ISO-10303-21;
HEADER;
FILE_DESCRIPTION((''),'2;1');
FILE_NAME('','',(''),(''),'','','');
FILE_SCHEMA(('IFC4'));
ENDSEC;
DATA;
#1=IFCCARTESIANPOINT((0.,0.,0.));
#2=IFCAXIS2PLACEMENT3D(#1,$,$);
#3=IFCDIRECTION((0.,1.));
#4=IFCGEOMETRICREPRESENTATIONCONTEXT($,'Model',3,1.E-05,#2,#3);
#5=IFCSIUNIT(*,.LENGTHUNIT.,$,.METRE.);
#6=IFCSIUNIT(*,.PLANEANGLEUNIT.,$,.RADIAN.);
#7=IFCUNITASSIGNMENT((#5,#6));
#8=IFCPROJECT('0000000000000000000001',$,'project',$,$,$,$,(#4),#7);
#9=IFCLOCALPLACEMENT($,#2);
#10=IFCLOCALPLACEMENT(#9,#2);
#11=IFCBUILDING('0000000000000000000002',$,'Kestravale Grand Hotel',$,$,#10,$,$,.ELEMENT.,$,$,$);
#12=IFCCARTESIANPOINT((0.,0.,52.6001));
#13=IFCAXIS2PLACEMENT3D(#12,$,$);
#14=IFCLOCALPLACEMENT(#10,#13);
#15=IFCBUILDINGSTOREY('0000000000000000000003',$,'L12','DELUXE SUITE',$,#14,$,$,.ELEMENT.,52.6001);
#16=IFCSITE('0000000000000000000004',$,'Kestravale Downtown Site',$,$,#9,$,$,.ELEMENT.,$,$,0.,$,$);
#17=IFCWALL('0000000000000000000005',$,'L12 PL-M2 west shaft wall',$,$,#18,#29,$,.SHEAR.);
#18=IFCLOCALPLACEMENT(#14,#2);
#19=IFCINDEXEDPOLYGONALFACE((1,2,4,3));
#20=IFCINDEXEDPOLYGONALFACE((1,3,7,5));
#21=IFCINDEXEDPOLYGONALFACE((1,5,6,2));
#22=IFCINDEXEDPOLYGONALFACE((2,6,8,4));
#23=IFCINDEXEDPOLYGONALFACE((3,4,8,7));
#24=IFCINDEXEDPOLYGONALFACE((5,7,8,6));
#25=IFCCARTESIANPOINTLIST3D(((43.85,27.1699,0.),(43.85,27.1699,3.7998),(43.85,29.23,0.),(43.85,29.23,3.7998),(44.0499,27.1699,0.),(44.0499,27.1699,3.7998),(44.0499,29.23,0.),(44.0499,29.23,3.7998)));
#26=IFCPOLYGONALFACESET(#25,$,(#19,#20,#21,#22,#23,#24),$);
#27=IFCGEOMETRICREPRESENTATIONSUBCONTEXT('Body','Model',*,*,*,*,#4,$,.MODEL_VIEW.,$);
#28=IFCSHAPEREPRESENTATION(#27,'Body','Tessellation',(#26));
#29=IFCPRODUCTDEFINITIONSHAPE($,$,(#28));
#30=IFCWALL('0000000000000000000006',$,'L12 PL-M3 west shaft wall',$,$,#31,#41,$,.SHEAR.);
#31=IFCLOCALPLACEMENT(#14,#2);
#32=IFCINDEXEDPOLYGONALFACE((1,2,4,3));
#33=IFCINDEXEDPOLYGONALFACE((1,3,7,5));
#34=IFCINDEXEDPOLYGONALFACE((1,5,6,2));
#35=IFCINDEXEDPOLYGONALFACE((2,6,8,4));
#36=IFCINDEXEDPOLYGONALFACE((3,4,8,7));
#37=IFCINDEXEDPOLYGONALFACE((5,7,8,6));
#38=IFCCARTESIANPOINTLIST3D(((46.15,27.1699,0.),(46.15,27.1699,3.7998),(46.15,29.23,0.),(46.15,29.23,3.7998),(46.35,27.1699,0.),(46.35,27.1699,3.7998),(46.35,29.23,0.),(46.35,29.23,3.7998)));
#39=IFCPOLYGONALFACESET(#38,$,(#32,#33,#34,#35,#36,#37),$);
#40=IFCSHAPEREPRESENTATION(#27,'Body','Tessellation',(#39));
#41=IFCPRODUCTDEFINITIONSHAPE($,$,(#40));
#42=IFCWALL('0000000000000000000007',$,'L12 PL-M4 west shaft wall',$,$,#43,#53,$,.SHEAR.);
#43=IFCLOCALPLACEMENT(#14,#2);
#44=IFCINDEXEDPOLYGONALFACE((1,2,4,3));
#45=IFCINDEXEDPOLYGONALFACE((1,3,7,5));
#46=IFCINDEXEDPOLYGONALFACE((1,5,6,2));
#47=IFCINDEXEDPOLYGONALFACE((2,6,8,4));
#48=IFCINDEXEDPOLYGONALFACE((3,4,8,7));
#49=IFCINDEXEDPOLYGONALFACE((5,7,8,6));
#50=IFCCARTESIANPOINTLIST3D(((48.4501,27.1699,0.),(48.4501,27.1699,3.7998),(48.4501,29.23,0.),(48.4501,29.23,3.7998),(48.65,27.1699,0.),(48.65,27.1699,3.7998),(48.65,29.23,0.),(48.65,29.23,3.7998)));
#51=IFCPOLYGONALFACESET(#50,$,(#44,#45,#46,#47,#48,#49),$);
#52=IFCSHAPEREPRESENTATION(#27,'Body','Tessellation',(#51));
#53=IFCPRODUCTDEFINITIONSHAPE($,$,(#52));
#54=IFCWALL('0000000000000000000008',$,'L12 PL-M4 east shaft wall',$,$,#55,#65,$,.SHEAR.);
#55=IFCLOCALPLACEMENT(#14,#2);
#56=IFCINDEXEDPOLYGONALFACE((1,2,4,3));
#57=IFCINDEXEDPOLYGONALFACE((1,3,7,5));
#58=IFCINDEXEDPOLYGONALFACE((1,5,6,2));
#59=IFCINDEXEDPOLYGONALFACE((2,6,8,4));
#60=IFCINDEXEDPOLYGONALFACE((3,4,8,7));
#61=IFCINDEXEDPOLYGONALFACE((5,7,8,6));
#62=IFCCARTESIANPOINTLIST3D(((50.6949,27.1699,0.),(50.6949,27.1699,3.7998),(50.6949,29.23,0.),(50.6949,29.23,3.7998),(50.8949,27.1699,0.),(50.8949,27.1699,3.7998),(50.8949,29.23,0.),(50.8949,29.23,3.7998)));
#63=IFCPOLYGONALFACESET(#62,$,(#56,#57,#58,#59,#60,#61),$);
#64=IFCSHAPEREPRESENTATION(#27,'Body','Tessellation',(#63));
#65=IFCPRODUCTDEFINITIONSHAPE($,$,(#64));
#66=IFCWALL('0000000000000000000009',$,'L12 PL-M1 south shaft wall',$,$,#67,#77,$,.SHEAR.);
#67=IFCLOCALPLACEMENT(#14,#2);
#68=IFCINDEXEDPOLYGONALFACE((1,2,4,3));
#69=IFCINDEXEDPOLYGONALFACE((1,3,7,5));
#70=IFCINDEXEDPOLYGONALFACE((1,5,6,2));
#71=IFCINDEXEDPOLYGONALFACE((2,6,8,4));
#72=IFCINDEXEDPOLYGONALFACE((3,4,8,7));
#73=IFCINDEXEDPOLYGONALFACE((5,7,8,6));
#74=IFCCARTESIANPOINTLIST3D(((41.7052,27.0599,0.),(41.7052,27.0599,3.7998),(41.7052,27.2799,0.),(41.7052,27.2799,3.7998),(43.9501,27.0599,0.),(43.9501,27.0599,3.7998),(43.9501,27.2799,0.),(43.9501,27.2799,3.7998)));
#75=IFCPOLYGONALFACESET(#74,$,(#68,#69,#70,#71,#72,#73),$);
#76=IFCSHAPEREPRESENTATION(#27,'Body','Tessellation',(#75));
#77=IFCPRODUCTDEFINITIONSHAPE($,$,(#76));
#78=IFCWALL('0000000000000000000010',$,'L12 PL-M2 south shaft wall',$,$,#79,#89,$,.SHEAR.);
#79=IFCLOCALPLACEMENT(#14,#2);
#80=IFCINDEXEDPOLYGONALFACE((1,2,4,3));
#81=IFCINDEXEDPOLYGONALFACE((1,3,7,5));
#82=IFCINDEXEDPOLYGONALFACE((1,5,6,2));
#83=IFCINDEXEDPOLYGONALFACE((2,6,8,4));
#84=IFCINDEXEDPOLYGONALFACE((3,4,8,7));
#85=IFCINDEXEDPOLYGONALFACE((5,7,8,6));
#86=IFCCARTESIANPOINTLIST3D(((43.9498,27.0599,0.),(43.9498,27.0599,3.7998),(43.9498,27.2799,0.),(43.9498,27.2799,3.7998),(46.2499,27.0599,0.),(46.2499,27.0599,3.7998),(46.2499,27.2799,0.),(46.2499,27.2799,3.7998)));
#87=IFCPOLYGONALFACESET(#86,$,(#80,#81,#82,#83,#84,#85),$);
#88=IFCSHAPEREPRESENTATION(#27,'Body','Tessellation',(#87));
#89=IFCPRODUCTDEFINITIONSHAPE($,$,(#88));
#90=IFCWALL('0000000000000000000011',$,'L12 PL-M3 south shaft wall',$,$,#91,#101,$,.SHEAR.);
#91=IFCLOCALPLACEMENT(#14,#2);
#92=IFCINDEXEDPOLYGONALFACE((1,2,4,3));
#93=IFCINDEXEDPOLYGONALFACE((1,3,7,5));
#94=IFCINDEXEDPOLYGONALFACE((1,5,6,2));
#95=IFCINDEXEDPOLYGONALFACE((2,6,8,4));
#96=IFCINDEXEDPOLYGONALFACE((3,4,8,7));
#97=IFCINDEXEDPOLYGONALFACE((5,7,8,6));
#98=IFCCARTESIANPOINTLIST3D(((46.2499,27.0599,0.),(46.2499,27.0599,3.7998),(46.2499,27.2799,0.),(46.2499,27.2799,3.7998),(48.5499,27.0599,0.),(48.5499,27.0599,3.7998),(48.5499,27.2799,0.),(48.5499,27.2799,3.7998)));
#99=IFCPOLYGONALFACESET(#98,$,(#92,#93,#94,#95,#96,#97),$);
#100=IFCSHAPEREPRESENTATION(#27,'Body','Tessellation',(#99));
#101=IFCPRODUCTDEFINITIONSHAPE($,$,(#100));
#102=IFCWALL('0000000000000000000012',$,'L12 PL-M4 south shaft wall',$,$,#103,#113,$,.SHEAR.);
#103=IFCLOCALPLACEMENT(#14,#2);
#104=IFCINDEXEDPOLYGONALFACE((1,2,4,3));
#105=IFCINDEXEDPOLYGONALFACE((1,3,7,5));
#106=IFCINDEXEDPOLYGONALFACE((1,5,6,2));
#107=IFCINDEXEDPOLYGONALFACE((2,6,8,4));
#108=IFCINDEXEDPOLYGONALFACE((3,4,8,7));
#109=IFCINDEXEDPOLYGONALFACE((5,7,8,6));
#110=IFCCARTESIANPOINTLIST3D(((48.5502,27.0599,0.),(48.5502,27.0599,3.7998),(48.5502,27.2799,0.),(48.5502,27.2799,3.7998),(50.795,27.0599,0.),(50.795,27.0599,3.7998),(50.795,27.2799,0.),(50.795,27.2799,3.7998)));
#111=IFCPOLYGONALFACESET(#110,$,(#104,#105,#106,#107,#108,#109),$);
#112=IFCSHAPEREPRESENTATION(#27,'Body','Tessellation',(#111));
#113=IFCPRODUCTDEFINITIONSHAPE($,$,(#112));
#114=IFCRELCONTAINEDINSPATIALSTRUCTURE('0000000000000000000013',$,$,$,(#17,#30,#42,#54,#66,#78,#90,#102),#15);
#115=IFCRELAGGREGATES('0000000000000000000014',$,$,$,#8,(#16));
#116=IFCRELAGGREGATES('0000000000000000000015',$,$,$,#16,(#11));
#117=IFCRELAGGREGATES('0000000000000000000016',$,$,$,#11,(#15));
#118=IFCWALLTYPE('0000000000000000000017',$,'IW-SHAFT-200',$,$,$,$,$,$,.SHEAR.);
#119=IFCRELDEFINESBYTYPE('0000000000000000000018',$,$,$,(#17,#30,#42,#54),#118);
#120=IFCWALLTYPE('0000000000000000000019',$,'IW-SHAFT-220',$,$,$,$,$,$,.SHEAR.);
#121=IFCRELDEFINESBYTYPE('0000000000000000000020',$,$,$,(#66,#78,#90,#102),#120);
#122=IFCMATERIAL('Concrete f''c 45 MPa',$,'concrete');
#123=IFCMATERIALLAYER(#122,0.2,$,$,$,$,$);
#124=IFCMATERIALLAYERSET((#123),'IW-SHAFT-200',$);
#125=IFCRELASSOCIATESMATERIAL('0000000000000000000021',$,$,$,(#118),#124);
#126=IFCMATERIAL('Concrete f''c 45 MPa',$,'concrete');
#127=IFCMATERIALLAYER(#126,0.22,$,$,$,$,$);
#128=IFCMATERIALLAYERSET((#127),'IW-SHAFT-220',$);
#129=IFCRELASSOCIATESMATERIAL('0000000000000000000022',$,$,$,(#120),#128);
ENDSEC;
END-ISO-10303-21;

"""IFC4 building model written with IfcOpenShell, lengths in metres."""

from ifc_helpers import new_model, si_unit, direction, frame, frame_2d, origin, place, context, subcontext, project, spatial, rectangle, extrude, material, layer, layer_set, type_object, element, save


model = new_model("IFC4")

# Units and contexts
model_context = context("Model", 3, precision=1e-05, world=origin(), true_north=direction((0.0, 1.0)))
body_context = subcontext(model_context, "Body", "Model", "MODEL_VIEW")
ifc_project = project(units=[si_unit("LENGTHUNIT", "METRE"), si_unit("PLANEANGLEUNIT", "RADIAN")], contexts=[model_context])

# Site, building, storey
site_placement = place(None, origin())
site = spatial("IfcSite", under=ifc_project, at=site_placement, Name="Kestravale Downtown Site", CompositionType="ELEMENT", RefElevation=0.0)
building_placement = place(site_placement, origin())
building = spatial("IfcBuilding", under=site, at=building_placement, Name="Kestravale Grand Hotel", CompositionType="ELEMENT")
storey_placement = place(building_placement, frame((0.0, 0.0, 52.6001)))
storey = spatial("IfcBuildingStorey", under=building, at=storey_placement, Name="L12", Description="DELUXE SUITE", CompositionType="ELEMENT", Elevation=52.6001)

# Walls
ifc_material_1 = material(Name="Concrete f'c 45 MPa", Category="concrete")
ifc_layer_1 = layer(ifc_material_1, 0.2)
ifc_layer_set_1 = layer_set([ifc_layer_1], Name="IW-SHAFT-200")
wall_type_1 = type_object("IfcWallType", Name="IW-SHAFT-200", PredefinedType="SHEAR", material=ifc_layer_set_1)
for number, where, z_axis, x_axis, name in (
    (1, (43.95, 27.1699, 0.0), (0.0, 0.0, 1.0), (0.0, 1.0, 0.0), "L12 PL-M2 west shaft wall"),
    (2, (46.25, 27.1699, 0.0), (0.0, 0.0, 1.0), (0.0, 1.0, 0.0), "L12 PL-M3 west shaft wall"),
    (3, (48.55, 27.1699, 0.0), (0.0, 0.0, 1.0), (0.0, 1.0, 0.0), "L12 PL-M4 west shaft wall"),
    (4, (50.7949, 27.1699, 0.0), (0.0, 0.0, 1.0), (0.0, 1.0, 0.0), "L12 PL-M4 east shaft wall"),
):
    element("IfcWall", number, at=place(storey_placement, frame(where, z_axis=z_axis, x_axis=x_axis)), inside=storey, type_object=wall_type_1, Name=name, PredefinedType="SHEAR", context=body_context, shape_type="SweptSolid", body=[
        extrude(rectangle(XDim=2.0601, YDim=0.2, at=frame_2d((1.03, 0.0))), origin(), (0.0, 0.0, 1.0), 3.7998),
    ])
ifc_material_2 = material(Name="Concrete f'c 45 MPa", Category="concrete")
ifc_layer_2 = layer(ifc_material_2, 0.22)
ifc_layer_set_2 = layer_set([ifc_layer_2], Name="IW-SHAFT-220")
wall_type_2 = type_object("IfcWallType", Name="IW-SHAFT-220", PredefinedType="SHEAR", material=ifc_layer_set_2)
wall_1_placement = place(storey_placement, frame((41.7051, 27.1699, 0.0), z_axis=(0.0, 0.0, 1.0), x_axis=(1.0, 0.0, 0.0)))
element("IfcWall", 5, at=wall_1_placement, inside=storey, type_object=wall_type_2, Name="L12 PL-M1 south shaft wall", PredefinedType="SHEAR", context=body_context, shape_type="SweptSolid", body=[
    extrude(rectangle(XDim=2.2449, YDim=0.22, at=frame_2d((1.1226, 0.0))), origin(), (0.0, 0.0, 1.0), 3.7998),
])
for number, where, z_axis, x_axis, name in (
    (6, (43.95, 27.1699, 0.0), (0.0, 0.0, 1.0), (1.0, 0.0, 0.0), "L12 PL-M2 south shaft wall"),
    (7, (46.25, 27.1699, 0.0), (0.0, 0.0, 1.0), (1.0, 0.0, 0.0), "L12 PL-M3 south shaft wall"),
):
    element("IfcWall", number, at=place(storey_placement, frame(where, z_axis=z_axis, x_axis=x_axis)), inside=storey, type_object=wall_type_2, Name=name, PredefinedType="SHEAR", context=body_context, shape_type="SweptSolid", body=[
        extrude(rectangle(XDim=2.3, YDim=0.22, at=frame_2d((1.1499, 0.0))), origin(), (0.0, 0.0, 1.0), 3.7998),
    ])
wall_2_placement = place(storey_placement, frame((48.55, 27.1699, 0.0), z_axis=(0.0, 0.0, 1.0), x_axis=(1.0, 0.0, 0.0)))
element("IfcWall", 8, at=wall_2_placement, inside=storey, type_object=wall_type_2, Name="L12 PL-M4 south shaft wall", PredefinedType="SHEAR", context=body_context, shape_type="SweptSolid", body=[
    extrude(rectangle(XDim=2.2449, YDim=0.22, at=frame_2d((1.1226, 0.0))), origin(), (0.0, 0.0, 1.0), 3.7998),
])

save(model, "model.ifc")
